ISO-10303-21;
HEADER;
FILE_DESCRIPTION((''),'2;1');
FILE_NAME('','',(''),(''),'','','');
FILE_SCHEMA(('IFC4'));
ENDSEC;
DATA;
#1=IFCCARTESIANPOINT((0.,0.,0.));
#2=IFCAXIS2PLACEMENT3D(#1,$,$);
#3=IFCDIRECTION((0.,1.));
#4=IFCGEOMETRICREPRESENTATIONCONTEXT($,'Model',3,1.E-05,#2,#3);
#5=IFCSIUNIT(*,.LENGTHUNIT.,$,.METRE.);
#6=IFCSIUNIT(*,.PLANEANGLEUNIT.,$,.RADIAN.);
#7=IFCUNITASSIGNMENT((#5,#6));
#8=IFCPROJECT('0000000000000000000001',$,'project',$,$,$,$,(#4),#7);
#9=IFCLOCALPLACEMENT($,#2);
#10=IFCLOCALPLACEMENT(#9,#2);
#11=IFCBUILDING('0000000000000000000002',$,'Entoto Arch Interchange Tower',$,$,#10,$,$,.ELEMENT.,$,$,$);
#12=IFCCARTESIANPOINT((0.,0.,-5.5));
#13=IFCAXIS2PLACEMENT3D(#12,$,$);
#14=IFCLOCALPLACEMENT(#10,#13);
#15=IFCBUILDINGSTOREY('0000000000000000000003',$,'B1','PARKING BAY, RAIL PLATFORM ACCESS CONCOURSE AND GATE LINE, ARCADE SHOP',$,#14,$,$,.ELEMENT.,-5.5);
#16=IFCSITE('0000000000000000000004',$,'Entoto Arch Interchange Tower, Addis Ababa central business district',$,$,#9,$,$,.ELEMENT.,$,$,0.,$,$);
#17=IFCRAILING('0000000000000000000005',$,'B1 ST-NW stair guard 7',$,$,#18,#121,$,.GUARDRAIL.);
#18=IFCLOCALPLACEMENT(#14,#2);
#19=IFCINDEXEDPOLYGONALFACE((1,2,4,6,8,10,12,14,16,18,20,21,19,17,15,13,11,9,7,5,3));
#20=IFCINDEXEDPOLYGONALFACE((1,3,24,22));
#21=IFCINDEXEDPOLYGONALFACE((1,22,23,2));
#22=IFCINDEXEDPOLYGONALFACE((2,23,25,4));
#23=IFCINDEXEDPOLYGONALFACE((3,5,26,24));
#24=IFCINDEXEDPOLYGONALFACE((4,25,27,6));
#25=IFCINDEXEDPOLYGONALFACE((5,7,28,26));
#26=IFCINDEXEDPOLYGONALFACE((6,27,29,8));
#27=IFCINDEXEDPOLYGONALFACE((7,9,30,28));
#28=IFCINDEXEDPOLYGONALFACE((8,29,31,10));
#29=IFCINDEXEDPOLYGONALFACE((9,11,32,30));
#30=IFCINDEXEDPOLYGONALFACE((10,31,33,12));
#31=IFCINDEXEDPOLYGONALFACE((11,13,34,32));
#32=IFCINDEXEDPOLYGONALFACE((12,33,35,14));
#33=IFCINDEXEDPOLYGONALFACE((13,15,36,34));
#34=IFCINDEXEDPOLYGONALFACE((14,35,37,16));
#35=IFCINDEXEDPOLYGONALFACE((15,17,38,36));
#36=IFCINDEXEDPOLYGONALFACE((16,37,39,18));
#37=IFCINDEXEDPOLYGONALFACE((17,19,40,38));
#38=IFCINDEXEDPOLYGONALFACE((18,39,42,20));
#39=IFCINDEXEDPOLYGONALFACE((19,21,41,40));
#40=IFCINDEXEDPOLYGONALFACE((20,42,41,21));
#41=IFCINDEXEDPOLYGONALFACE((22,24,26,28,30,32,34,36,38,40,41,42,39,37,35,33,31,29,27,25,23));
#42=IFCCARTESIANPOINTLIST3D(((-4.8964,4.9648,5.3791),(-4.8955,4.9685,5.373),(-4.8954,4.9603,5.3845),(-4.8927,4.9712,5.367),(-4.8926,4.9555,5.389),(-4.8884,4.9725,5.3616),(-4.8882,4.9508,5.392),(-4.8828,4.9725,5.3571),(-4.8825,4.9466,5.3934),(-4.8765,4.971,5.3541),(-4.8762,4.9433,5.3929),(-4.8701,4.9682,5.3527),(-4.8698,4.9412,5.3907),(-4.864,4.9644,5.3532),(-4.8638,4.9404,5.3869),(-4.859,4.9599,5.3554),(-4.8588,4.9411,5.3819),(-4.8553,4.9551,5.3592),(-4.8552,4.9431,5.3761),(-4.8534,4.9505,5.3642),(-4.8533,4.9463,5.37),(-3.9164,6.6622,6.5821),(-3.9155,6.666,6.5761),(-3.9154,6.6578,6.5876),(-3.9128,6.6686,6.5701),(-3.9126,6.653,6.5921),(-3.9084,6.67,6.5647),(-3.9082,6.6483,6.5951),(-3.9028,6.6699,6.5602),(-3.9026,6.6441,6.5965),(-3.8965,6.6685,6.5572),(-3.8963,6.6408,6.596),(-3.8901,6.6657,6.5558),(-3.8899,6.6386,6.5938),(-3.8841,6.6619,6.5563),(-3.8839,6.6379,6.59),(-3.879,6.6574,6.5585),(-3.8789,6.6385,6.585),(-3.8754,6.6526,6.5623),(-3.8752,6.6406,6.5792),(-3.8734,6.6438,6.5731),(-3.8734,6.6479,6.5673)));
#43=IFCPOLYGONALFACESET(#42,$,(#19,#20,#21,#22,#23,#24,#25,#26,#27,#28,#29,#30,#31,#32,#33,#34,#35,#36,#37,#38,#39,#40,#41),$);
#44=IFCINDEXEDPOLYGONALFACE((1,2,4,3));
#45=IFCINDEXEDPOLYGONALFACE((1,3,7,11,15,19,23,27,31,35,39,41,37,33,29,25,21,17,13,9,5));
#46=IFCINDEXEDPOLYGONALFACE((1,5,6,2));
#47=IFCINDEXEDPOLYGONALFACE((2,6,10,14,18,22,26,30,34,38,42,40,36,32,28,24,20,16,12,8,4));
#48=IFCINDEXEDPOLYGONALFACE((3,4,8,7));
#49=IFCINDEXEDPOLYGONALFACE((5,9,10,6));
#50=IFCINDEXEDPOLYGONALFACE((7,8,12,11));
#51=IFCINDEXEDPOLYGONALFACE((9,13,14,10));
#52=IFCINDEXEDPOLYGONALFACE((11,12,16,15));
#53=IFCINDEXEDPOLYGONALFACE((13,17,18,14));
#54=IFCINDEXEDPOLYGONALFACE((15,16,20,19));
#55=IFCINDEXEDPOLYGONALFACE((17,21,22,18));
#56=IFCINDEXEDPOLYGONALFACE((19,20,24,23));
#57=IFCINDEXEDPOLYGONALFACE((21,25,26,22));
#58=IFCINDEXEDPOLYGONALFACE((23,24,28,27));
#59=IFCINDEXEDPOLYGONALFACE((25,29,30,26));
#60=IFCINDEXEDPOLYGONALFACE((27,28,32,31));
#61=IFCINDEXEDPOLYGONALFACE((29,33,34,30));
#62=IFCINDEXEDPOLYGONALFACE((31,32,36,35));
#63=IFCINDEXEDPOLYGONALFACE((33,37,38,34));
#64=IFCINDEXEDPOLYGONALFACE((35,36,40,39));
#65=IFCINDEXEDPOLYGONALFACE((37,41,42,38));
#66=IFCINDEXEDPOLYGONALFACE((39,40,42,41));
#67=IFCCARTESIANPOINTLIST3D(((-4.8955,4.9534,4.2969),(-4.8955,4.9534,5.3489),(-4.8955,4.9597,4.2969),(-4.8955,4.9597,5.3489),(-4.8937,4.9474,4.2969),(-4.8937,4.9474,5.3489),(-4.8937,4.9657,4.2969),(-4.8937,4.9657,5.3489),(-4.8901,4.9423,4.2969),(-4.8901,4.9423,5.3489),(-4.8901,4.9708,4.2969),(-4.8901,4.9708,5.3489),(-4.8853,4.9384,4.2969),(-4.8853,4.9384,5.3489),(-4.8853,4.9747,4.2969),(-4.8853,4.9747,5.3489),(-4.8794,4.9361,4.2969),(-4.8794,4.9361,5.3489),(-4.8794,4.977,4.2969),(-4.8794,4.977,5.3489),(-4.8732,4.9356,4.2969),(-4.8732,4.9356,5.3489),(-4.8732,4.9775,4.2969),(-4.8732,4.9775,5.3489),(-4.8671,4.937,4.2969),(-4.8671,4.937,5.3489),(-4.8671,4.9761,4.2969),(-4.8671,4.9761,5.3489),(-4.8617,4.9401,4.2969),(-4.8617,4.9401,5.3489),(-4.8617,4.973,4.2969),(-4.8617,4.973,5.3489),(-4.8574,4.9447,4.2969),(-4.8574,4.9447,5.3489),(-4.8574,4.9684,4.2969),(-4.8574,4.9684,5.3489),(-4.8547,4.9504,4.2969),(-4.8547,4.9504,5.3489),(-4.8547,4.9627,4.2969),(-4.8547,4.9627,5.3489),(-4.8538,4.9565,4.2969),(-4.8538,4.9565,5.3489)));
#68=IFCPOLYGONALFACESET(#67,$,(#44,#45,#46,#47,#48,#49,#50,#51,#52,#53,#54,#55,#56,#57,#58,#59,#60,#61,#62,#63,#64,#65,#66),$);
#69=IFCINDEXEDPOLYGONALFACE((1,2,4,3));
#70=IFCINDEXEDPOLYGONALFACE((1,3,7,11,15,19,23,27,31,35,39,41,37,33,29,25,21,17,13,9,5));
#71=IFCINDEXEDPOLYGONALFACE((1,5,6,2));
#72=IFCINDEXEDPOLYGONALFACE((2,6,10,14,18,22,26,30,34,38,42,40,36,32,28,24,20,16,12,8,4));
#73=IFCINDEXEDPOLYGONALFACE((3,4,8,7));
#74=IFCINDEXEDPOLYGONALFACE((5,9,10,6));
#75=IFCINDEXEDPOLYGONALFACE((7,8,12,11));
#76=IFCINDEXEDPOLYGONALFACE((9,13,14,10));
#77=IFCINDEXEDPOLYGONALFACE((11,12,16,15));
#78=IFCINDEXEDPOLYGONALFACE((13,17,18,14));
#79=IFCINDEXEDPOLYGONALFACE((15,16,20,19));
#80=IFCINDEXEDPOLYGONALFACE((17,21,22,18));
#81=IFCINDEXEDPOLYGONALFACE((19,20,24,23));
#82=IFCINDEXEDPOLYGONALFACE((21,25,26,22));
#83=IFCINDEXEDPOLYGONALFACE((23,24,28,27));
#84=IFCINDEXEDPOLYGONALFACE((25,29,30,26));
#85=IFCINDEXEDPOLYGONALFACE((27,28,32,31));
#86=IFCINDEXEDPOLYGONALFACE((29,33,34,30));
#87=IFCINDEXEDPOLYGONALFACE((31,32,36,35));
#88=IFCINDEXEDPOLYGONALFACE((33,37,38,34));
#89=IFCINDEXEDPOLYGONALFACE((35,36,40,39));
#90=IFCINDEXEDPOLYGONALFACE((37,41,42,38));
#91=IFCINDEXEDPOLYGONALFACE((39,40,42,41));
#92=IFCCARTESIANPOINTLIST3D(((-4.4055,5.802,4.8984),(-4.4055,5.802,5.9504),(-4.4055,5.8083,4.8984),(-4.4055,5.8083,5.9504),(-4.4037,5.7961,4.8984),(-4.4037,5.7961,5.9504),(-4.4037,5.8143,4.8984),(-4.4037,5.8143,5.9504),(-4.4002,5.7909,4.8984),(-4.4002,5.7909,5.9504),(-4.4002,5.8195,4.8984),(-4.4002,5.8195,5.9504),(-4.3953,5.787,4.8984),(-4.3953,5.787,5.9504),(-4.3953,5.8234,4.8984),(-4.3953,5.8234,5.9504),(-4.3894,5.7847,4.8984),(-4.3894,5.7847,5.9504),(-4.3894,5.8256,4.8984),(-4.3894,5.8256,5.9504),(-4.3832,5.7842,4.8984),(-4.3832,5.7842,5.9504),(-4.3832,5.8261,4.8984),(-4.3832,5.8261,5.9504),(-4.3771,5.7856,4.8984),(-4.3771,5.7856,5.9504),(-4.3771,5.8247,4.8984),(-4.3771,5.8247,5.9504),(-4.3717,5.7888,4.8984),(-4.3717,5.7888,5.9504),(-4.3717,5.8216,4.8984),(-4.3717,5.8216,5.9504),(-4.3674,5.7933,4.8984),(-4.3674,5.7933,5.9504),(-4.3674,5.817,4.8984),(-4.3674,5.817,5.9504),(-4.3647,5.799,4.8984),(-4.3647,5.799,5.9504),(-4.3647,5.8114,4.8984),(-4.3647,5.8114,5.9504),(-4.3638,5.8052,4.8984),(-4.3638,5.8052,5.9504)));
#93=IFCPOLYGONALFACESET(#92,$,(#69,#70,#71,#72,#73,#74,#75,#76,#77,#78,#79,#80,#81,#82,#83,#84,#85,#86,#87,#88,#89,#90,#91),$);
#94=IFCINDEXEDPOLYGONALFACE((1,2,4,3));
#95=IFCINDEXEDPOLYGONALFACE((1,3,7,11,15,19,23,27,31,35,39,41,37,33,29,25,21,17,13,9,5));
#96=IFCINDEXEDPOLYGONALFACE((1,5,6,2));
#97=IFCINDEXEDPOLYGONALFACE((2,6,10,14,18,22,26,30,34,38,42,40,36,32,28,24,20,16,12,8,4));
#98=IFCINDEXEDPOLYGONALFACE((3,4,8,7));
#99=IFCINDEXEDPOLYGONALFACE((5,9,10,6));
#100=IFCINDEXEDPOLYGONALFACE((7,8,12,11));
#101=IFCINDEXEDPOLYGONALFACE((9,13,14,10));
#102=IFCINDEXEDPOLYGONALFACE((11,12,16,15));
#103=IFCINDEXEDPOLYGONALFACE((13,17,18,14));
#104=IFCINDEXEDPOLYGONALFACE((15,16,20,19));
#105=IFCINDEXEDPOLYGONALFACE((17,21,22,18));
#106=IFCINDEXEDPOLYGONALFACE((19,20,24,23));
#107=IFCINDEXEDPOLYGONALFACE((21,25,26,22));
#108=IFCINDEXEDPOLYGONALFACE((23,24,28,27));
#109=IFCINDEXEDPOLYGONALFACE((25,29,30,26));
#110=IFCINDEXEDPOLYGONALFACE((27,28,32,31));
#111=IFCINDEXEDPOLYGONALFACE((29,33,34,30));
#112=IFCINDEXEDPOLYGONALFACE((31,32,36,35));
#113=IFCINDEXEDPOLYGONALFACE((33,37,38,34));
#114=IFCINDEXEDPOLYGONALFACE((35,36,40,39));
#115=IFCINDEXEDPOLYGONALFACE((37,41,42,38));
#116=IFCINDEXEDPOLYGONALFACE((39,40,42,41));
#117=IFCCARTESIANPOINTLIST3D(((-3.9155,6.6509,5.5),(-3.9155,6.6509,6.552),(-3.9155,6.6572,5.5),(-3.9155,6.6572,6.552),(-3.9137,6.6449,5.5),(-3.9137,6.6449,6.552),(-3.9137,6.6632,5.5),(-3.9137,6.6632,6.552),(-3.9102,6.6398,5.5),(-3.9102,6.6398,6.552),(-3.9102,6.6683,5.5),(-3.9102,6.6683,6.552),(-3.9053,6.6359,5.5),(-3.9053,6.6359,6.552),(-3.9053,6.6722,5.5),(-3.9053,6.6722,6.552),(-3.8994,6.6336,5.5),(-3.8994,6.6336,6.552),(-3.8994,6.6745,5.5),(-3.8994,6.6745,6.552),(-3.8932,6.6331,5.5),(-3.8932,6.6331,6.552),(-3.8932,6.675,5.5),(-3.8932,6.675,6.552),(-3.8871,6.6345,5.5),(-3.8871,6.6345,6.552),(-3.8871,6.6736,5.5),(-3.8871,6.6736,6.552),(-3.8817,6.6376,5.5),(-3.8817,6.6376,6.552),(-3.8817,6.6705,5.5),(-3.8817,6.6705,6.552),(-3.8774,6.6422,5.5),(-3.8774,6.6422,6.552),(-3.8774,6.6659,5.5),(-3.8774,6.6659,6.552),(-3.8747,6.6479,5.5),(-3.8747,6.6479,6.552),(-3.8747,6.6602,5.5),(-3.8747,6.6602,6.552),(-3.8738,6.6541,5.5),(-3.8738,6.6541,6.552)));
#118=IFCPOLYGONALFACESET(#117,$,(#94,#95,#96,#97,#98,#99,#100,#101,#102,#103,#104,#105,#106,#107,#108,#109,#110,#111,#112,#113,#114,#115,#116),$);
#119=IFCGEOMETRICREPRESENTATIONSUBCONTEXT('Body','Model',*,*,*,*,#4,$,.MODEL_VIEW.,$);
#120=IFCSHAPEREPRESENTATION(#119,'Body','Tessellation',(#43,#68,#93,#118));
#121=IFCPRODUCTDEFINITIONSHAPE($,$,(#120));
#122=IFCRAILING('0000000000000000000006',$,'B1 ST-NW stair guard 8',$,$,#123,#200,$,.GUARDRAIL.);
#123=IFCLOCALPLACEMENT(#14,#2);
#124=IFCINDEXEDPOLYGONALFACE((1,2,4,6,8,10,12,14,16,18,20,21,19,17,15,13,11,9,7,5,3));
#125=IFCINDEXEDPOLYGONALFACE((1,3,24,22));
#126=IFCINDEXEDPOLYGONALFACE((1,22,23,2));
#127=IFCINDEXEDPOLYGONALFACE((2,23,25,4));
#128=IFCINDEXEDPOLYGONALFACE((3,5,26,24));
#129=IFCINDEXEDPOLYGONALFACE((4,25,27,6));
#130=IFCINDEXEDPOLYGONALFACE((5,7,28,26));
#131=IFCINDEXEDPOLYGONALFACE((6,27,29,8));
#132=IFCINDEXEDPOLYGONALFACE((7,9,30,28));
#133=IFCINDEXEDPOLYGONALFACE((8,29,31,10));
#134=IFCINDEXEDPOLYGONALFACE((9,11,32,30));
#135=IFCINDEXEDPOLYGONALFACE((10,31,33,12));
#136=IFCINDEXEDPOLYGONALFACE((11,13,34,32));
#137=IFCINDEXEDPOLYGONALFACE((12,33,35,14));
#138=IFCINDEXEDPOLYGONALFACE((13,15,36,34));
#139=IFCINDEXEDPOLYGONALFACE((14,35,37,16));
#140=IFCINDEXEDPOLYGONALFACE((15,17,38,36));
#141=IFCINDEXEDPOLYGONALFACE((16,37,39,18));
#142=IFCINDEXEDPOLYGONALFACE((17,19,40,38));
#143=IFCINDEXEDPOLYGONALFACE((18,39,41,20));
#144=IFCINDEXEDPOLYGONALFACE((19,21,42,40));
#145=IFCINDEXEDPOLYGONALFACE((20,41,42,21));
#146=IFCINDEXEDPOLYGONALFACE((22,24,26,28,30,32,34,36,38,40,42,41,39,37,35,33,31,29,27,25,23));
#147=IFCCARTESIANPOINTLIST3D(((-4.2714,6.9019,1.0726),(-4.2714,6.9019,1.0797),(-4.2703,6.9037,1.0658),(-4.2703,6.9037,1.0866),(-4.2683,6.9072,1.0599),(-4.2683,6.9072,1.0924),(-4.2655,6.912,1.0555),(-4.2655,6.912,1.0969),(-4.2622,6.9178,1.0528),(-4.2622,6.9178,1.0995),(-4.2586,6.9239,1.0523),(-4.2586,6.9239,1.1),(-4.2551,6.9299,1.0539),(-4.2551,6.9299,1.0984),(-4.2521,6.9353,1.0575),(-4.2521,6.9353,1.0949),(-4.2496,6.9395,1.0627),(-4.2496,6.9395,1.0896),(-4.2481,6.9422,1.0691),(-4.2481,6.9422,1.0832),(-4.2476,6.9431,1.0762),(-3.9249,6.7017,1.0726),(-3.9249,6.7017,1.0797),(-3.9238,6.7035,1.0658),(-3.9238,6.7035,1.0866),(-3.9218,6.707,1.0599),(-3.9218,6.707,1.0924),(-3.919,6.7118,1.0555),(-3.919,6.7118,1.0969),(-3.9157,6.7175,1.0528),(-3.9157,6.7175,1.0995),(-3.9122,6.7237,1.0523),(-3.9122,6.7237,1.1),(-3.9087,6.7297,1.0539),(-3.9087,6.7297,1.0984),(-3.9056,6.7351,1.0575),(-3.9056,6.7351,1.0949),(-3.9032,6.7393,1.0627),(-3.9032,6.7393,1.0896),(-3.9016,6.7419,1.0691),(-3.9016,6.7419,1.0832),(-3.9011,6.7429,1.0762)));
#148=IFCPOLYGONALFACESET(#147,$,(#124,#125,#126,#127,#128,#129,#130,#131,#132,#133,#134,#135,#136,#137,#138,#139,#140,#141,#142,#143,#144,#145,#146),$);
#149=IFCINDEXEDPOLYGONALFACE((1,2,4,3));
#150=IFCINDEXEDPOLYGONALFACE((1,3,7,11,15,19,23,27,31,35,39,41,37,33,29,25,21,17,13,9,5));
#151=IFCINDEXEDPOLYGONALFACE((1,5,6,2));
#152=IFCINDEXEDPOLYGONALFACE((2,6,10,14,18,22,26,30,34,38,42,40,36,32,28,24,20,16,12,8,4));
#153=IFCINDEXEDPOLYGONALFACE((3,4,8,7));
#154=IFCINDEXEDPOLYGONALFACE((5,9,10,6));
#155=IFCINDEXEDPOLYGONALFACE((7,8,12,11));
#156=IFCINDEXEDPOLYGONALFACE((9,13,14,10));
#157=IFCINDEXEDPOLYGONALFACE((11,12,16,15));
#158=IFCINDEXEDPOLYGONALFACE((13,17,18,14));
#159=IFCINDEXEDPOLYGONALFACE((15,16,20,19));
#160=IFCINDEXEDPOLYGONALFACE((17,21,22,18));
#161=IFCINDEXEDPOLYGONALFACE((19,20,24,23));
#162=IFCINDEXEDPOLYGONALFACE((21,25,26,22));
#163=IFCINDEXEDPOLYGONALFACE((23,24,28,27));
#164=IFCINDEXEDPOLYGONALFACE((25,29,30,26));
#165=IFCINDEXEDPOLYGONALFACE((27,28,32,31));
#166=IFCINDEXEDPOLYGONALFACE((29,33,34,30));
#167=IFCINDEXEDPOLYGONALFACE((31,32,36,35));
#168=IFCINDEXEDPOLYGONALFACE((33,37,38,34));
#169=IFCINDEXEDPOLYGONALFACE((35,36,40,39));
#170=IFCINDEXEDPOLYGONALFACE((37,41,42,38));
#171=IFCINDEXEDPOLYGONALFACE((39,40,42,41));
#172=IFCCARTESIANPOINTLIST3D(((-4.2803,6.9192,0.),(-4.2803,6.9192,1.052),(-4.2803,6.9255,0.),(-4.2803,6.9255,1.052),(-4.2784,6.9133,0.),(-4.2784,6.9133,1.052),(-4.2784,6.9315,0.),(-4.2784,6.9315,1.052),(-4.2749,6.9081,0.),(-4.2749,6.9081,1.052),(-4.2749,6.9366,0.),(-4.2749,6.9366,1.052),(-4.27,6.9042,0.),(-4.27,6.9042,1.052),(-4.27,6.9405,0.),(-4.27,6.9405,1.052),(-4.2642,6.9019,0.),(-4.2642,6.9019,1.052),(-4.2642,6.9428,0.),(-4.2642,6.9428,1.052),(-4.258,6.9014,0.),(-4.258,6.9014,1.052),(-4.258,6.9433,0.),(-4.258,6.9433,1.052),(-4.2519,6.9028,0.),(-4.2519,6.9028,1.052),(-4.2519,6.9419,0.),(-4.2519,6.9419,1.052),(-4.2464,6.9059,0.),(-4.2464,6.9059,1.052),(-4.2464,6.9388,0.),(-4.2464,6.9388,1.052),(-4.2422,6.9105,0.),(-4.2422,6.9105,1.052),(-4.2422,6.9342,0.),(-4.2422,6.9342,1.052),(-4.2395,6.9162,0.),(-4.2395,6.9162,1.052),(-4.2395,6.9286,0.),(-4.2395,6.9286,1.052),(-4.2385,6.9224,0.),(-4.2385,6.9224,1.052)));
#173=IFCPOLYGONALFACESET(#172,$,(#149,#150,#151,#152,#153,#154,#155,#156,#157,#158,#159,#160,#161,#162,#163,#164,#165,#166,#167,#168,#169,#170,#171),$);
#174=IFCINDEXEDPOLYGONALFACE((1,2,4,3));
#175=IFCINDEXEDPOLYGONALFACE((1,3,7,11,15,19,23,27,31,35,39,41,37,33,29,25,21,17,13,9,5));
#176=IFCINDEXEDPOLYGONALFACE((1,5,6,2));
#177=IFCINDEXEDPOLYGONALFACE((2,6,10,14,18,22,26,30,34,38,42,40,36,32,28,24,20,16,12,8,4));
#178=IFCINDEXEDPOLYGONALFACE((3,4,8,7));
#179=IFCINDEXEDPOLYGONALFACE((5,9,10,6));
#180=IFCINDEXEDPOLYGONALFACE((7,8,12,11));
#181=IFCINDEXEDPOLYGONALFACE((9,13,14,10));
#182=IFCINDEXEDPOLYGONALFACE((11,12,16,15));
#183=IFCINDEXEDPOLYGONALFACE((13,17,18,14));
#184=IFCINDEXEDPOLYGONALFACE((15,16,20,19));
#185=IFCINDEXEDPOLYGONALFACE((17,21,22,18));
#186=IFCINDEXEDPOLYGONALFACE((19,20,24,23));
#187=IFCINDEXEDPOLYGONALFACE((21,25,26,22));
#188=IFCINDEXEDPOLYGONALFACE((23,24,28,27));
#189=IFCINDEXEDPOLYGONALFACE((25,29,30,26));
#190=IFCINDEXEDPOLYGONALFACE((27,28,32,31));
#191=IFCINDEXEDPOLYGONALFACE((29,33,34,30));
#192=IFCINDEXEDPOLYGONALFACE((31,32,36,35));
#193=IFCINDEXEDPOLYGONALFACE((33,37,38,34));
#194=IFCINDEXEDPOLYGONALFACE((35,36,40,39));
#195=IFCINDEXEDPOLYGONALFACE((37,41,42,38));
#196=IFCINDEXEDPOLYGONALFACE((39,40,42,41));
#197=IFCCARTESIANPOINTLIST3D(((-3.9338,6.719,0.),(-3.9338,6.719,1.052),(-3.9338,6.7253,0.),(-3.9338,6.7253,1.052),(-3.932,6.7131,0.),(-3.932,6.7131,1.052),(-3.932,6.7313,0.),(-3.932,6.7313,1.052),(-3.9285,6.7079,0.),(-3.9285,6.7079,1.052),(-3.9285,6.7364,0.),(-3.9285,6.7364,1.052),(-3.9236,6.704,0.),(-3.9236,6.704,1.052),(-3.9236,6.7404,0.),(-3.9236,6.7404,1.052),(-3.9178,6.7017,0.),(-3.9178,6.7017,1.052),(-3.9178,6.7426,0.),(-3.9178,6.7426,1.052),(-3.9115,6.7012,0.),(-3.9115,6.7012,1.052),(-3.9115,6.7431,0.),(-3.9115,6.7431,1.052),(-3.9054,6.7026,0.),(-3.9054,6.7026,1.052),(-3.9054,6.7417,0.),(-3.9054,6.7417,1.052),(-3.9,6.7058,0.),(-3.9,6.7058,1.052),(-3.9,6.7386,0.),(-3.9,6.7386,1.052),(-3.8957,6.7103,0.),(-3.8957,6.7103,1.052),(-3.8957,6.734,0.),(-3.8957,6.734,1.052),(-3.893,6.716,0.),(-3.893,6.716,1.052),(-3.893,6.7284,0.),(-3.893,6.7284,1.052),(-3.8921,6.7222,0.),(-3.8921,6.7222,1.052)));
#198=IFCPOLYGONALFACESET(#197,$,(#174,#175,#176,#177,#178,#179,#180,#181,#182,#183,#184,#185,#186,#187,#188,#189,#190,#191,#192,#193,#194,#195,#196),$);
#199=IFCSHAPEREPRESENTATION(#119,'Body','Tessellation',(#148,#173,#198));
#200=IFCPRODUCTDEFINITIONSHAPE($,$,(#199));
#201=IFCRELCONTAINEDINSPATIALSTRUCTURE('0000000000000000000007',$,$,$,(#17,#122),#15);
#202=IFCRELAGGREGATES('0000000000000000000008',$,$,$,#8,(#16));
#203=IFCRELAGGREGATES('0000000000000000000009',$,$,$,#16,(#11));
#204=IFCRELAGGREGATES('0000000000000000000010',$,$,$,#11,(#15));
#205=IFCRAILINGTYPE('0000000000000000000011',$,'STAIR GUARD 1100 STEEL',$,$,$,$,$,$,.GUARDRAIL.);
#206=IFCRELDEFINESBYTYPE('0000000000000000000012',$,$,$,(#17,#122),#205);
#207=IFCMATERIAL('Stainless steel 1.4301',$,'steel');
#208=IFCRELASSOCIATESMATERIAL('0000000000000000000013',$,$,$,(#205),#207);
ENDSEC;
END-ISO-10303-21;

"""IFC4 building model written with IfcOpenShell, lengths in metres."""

from ifc_helpers import new_model, si_unit, direction, frame, origin, origin_2d, place, context, subcontext, project, spatial, circle, extrude, material, type_object, element, save


model = new_model("IFC4")

# Units and contexts
model_context = context("Model", 3, precision=1e-05, world=origin(), true_north=direction((0.0, 1.0)))
body_context = subcontext(model_context, "Body", "Model", "MODEL_VIEW")
ifc_project = project(units=[si_unit("LENGTHUNIT", "METRE"), si_unit("PLANEANGLEUNIT", "RADIAN")], contexts=[model_context])

# Site, building, storey
site_placement = place(None, origin())
site = spatial("IfcSite", under=ifc_project, at=site_placement, Name="Entoto Arch Interchange Tower, Addis Ababa central business district", CompositionType="ELEMENT", RefElevation=0.0)
building_placement = place(site_placement, origin())
building = spatial("IfcBuilding", under=site, at=building_placement, Name="Entoto Arch Interchange Tower", CompositionType="ELEMENT")
storey_placement = place(building_placement, frame((0.0, 0.0, -5.5)))
storey = spatial("IfcBuildingStorey", under=building, at=storey_placement, Name="B1", Description="PARKING BAY, RAIL PLATFORM ACCESS CONCOURSE AND GATE LINE, ARCADE SHOP", CompositionType="ELEMENT", Elevation=-5.5)

# Railings
ifc_material_1 = material(Name="Stainless steel 1.4301", Category="steel")
railing_type_1 = type_object("IfcRailingType", Name="STAIR GUARD 1100 STEEL", PredefinedType="GUARDRAIL", material=ifc_material_1)
railing_1_placement = place(storey_placement, frame((-4.8748, 4.9565, 4.2969)))
element("IfcRailing", 1, at=railing_1_placement, inside=storey, type_object=railing_type_1, Name="B1 ST-NW stair guard 7", PredefinedType="GUARDRAIL", context=body_context, shape_type="SweptSolid", body=[
    extrude(circle(Radius=0.0239, at=origin_2d()), frame((0.0, 0.0, 1.0762), z_axis=(0.426102, 0.738089, 0.523127), x_axis=(-0.866042, 0.49997, 0.0)), (0.0, 0.0, 1.0), 2.2998),
    extrude(circle(Radius=0.021, at=origin_2d()), origin(), (0.0, 0.0, 1.0), 1.052),
    extrude(circle(Radius=0.021, at=origin_2d()), frame((0.49, 0.8486, 0.6016)), (0.0, 0.0, 1.0), 1.052),
    extrude(circle(Radius=0.021, at=origin_2d()), frame((0.98, 1.6975, 1.2031)), (0.0, 0.0, 1.0), 1.052),
])
railing_2_placement = place(storey_placement, frame((-4.2595, 6.9224, 0.0)))
element("IfcRailing", 2, at=railing_2_placement, inside=storey, type_object=railing_type_1, Name="B1 ST-NW stair guard 8", PredefinedType="GUARDRAIL", context=body_context, shape_type="SweptSolid", body=[
    extrude(circle(Radius=0.0239, at=origin_2d()), frame((0.0, 0.0, 1.0762), z_axis=(0.86583, -0.500339, 0.0), x_axis=(0.500339, 0.86583, 0.0)), (0.0, 0.0, 1.0), 0.4001),
    extrude(circle(Radius=0.021, at=origin_2d()), origin(), (0.0, 0.0, 1.0), 1.052),
    extrude(circle(Radius=0.021, at=origin_2d()), frame((0.3464, -0.2002, 0.0)), (0.0, 0.0, 1.0), 1.052),
])

save(model, "model.ifc")
